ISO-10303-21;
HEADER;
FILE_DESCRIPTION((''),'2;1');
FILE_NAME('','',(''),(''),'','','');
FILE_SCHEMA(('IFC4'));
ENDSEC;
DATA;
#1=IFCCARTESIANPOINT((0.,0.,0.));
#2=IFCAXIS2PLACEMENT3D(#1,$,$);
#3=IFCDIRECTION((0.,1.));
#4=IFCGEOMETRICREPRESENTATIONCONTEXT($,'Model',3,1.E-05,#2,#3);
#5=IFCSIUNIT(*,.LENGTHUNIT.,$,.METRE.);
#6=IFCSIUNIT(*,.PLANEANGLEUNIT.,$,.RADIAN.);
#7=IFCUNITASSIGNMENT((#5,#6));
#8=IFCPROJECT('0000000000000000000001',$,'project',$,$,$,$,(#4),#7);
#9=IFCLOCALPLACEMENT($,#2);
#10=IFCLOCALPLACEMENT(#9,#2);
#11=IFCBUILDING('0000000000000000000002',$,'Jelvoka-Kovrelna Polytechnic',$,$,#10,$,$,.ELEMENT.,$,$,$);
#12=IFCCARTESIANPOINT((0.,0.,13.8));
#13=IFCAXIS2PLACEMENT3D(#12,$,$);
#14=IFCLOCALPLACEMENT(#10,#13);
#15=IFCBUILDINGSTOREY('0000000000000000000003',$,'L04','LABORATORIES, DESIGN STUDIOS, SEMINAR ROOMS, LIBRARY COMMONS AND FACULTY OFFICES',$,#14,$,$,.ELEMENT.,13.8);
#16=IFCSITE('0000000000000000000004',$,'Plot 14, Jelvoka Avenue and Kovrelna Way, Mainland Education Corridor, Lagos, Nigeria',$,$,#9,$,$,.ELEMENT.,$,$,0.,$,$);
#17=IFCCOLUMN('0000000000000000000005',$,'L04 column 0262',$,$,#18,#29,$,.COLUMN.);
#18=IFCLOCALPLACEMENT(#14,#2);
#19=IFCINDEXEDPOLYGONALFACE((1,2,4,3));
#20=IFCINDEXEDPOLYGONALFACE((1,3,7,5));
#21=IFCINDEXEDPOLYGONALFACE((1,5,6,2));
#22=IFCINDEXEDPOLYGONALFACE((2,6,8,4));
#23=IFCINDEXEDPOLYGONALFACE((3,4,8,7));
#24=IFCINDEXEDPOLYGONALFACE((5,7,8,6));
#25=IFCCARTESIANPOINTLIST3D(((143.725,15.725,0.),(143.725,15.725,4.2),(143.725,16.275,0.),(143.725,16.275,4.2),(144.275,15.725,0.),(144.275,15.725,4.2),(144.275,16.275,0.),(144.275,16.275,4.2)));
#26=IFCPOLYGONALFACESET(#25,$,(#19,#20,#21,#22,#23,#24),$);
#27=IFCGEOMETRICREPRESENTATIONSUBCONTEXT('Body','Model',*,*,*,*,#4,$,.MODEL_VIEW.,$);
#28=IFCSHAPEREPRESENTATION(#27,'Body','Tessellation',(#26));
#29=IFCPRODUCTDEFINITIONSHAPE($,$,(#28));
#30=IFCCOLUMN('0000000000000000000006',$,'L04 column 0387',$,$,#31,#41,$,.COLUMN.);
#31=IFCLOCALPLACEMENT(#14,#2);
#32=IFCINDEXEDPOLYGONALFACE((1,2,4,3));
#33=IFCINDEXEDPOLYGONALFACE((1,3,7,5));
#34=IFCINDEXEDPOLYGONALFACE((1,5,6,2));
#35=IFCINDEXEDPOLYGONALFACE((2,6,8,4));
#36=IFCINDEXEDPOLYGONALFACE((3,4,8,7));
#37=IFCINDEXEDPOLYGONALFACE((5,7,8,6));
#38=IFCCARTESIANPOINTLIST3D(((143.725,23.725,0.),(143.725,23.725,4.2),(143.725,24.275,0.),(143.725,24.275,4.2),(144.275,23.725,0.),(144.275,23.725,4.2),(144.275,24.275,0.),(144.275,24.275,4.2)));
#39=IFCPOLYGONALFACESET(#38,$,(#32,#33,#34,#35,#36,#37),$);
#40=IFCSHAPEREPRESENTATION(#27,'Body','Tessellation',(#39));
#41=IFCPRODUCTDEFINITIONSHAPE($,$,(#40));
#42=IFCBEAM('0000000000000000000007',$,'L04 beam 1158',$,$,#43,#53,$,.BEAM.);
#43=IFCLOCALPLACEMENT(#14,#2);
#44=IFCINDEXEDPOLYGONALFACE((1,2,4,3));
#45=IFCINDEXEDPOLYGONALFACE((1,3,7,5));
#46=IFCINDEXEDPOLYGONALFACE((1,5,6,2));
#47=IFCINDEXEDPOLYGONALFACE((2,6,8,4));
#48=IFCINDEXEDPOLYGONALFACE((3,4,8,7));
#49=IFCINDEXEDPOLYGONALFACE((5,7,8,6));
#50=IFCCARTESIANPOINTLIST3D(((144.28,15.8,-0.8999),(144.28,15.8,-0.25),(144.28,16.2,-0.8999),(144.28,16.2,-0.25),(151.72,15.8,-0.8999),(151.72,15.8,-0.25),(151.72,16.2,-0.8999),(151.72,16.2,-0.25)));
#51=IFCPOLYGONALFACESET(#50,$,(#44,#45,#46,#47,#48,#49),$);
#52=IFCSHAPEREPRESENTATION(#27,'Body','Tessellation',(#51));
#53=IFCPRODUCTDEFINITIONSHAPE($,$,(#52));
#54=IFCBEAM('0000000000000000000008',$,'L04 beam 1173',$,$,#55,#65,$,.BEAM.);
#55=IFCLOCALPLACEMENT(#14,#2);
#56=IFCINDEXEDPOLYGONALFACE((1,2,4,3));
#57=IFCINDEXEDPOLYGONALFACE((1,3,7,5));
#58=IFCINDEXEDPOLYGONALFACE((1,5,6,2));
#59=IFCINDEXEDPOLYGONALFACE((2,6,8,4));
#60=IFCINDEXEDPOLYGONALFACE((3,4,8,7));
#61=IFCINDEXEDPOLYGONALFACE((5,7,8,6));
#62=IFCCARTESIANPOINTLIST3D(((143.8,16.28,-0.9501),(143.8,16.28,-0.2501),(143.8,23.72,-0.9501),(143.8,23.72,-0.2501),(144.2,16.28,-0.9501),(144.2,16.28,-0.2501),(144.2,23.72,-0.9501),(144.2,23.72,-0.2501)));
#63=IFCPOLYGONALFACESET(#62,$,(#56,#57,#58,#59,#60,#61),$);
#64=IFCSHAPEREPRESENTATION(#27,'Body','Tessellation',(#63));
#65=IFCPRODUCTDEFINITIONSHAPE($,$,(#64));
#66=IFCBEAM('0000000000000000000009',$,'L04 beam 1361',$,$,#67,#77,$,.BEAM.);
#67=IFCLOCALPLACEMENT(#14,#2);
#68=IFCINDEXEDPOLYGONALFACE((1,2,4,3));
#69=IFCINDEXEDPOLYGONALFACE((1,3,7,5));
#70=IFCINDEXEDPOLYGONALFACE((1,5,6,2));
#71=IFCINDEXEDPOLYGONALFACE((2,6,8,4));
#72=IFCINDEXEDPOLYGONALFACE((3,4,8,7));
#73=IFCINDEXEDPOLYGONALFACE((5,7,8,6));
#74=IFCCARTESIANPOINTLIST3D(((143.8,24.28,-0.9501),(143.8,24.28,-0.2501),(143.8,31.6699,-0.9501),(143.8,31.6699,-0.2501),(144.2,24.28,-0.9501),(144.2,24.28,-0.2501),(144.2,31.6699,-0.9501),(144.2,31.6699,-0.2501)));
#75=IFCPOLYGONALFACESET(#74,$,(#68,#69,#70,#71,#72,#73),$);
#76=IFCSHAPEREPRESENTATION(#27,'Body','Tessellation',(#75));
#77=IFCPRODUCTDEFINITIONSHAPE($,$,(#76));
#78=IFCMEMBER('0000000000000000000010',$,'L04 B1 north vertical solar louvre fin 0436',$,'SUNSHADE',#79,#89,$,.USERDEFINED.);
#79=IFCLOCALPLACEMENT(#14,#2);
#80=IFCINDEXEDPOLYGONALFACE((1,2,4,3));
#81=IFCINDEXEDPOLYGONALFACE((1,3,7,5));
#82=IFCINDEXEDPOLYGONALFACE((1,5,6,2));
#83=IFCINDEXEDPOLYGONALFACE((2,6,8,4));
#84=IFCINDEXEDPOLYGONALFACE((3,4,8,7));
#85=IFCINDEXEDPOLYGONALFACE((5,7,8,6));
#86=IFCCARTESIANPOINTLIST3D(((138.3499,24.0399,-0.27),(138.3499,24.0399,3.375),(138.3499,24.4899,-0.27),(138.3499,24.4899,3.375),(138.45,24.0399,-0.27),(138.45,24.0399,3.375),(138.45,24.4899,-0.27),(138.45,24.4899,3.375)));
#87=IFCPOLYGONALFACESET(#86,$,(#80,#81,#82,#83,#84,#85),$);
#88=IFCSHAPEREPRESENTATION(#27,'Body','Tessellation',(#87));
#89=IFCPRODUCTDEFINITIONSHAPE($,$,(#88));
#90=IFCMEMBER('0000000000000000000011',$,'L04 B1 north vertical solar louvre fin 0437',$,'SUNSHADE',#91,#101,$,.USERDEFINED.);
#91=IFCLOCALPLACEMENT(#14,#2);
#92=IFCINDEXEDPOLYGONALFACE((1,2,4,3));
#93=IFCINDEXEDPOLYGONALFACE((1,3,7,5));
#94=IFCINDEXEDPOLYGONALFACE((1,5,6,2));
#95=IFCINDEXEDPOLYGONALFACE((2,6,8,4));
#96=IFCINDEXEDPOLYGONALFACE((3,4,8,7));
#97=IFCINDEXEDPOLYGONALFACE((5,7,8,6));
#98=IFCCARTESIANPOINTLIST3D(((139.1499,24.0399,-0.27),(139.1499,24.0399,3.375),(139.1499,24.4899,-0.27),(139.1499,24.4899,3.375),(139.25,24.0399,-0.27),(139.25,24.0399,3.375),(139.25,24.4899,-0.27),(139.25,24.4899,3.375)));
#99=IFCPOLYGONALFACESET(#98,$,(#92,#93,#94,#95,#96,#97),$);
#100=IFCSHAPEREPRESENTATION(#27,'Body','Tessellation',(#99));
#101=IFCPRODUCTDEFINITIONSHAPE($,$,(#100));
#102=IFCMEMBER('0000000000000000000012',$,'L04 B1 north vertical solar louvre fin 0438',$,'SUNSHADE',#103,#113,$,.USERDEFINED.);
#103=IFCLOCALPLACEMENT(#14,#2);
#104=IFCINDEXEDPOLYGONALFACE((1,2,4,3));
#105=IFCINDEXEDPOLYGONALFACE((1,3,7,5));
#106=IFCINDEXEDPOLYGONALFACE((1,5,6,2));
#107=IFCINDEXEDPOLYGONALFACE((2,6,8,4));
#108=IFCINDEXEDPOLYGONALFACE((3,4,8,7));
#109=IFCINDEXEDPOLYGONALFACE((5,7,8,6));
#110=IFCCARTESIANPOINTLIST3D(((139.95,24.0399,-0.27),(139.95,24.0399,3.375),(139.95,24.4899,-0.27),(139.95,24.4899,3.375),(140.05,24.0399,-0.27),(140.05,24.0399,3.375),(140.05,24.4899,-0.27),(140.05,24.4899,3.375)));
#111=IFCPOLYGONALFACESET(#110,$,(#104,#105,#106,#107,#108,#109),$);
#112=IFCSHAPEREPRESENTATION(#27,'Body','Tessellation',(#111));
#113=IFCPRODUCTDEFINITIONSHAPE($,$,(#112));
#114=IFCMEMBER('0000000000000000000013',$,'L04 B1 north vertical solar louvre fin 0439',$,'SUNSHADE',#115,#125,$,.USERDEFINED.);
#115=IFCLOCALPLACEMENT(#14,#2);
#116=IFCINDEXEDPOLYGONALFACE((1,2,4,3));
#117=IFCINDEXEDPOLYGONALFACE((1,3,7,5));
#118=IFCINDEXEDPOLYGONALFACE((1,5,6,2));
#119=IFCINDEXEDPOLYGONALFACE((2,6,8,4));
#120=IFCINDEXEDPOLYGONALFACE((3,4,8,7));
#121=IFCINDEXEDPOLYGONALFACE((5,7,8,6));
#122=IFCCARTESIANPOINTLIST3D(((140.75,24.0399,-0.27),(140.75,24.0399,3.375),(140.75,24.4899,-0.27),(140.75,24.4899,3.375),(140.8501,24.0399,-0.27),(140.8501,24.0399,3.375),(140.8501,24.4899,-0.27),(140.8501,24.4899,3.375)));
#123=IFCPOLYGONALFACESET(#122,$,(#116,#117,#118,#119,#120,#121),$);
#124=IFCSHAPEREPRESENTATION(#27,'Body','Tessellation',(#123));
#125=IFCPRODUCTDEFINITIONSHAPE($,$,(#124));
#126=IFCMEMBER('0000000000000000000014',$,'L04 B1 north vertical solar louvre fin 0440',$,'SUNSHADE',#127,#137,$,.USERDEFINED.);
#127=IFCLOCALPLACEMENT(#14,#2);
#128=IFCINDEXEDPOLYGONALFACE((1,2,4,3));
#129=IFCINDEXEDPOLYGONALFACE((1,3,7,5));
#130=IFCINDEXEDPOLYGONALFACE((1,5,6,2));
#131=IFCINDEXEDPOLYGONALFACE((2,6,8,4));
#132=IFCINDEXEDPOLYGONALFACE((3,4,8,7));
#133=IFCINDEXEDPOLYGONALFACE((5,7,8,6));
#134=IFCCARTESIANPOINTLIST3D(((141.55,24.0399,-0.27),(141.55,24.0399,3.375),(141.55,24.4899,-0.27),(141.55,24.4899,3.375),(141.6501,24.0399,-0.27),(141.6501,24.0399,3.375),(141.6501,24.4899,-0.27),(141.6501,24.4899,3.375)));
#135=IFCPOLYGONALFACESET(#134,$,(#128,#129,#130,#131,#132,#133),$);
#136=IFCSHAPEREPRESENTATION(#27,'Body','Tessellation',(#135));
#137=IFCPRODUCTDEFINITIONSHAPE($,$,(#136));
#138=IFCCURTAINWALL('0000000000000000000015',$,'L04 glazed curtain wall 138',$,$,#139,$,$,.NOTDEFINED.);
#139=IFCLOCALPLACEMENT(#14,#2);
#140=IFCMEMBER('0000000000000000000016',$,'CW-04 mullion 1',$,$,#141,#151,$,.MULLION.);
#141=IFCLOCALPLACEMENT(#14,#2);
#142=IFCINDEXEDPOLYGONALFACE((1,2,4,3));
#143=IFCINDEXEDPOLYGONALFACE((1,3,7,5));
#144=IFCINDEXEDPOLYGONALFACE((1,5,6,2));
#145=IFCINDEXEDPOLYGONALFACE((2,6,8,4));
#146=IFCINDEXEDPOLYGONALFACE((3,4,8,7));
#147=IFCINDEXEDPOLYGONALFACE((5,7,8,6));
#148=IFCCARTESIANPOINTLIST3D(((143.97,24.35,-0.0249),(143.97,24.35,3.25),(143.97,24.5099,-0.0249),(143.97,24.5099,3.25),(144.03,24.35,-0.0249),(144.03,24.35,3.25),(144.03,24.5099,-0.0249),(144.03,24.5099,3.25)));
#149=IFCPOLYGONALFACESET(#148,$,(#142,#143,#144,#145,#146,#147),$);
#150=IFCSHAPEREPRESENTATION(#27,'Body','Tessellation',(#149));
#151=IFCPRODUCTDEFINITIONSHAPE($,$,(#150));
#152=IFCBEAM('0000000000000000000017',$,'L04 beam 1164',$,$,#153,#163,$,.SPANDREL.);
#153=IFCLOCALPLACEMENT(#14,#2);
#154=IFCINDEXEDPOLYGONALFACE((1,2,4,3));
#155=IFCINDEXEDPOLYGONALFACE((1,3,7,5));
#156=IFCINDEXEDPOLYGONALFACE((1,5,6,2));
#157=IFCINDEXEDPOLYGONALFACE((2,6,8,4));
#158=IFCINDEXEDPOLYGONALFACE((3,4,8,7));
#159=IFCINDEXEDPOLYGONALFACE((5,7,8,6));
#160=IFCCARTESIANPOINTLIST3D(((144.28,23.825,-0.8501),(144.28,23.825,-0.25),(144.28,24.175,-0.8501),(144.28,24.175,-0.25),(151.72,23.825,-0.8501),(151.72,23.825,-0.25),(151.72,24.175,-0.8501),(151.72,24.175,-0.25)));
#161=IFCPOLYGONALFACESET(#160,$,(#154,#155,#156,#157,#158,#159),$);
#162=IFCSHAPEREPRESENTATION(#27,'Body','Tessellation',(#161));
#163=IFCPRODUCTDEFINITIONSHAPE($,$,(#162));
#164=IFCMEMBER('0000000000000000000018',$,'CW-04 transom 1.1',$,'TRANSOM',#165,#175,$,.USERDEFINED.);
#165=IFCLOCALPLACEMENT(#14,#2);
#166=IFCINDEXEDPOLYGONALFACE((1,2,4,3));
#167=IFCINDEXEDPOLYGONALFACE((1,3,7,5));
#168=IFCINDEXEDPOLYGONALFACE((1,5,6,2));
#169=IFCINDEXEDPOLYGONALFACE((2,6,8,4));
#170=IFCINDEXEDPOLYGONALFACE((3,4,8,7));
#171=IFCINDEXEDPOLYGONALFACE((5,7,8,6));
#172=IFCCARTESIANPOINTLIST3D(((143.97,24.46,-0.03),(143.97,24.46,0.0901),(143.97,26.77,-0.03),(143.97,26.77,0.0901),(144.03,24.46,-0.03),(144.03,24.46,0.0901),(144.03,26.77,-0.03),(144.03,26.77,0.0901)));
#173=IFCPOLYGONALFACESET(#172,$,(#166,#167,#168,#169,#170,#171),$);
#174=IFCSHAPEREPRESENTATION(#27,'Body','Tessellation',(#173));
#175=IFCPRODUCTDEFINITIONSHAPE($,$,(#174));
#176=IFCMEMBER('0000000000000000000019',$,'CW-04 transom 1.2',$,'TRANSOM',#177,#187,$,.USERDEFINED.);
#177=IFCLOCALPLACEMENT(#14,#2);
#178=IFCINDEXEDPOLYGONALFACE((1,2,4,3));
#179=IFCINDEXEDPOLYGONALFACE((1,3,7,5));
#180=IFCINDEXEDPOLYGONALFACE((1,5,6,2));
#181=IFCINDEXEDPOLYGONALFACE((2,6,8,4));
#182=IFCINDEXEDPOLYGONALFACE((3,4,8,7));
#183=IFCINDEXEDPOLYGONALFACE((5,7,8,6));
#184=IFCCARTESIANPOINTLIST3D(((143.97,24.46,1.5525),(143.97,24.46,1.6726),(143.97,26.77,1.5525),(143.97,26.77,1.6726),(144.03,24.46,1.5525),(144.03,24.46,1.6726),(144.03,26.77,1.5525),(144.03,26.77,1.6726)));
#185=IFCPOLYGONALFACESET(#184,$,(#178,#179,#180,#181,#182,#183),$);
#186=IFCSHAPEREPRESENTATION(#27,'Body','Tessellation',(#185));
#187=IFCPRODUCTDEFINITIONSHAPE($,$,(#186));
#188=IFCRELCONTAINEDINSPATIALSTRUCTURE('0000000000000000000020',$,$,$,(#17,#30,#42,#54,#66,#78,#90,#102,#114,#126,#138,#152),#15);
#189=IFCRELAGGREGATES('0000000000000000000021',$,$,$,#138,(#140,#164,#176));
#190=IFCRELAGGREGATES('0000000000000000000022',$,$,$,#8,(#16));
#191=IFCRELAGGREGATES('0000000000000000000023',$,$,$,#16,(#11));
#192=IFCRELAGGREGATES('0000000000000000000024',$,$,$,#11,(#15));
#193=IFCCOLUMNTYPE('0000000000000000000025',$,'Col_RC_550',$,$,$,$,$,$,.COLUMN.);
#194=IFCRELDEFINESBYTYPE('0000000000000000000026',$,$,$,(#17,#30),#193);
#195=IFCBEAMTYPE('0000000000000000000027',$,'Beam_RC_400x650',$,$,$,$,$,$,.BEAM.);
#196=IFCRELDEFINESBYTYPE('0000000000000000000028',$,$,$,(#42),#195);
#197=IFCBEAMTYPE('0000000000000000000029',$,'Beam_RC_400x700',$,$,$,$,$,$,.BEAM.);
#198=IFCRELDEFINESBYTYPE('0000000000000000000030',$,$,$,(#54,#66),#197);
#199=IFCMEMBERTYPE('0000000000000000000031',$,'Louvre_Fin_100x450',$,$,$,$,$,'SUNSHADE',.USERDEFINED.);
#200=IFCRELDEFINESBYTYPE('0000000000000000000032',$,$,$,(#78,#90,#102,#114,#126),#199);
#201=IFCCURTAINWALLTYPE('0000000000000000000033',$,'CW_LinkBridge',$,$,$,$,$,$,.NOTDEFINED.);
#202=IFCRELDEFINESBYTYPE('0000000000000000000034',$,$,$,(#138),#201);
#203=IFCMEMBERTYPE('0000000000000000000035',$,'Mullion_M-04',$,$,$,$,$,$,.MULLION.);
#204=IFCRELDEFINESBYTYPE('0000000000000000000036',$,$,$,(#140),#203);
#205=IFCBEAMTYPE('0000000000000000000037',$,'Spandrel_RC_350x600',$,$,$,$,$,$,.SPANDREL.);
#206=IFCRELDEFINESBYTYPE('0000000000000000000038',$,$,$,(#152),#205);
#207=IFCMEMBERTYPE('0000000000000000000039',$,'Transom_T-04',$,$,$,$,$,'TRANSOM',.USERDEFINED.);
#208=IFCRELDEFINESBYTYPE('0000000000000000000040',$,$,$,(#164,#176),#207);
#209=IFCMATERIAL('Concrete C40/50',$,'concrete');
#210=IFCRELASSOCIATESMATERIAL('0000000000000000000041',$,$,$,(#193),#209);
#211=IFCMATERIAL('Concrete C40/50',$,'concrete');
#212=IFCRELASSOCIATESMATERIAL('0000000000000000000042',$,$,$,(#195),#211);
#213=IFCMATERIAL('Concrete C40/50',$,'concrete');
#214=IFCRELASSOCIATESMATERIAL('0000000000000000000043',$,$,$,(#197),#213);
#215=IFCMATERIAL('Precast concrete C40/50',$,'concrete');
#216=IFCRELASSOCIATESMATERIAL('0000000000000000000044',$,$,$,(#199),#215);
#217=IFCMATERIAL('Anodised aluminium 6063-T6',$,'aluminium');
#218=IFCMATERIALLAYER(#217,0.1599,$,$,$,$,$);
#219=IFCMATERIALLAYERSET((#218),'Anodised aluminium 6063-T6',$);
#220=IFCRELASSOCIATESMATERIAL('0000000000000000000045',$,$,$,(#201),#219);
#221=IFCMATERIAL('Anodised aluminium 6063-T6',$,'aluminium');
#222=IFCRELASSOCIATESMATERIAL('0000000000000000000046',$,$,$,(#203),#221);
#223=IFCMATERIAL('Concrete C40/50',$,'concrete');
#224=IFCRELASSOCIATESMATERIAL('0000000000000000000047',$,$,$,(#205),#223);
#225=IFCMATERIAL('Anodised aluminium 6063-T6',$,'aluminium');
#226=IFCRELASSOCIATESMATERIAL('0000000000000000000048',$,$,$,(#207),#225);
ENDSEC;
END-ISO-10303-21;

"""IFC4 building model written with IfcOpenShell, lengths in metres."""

from ifc_helpers import new_model, si_unit, direction, frame, origin, origin_2d, place, context, subcontext, project, spatial, rectangle, extrude, material, layer, layer_set, material_profile, profile_set, type_object, element, aggregate, save


model = new_model("IFC4")

# Units and contexts
model_context = context("Model", 3, precision=1e-05, world=origin(), true_north=direction((0.0, 1.0)))
body_context = subcontext(model_context, "Body", "Model", "MODEL_VIEW")
ifc_project = project(units=[si_unit("LENGTHUNIT", "METRE"), si_unit("PLANEANGLEUNIT", "RADIAN")], contexts=[model_context])

# Site, building, storey
site_placement = place(None, origin())
site = spatial("IfcSite", under=ifc_project, at=site_placement, Name="Plot 14, Jelvoka Avenue and Kovrelna Way, Mainland Education Corridor, Lagos, Nigeria", CompositionType="ELEMENT", RefElevation=0.0)
building_placement = place(site_placement, origin())
building = spatial("IfcBuilding", under=site, at=building_placement, Name="Jelvoka-Kovrelna Polytechnic", CompositionType="ELEMENT")
storey_placement = place(building_placement, frame((0.0, 0.0, 13.8)))
storey = spatial("IfcBuildingStorey", under=building, at=storey_placement, Name="L04", Description="LABORATORIES, DESIGN STUDIOS, SEMINAR ROOMS, LIBRARY COMMONS AND FACULTY OFFICES", CompositionType="ELEMENT", Elevation=13.8)

# Columns
ifc_material_1 = material(Name="Concrete C40/50", Category="concrete")
ifc_material_profile_1 = material_profile(ifc_material_1, rectangle(XDim=0.55, YDim=0.55, at=origin_2d()), Name="RC 550x550")
ifc_profile_set_1 = profile_set([ifc_material_profile_1], Name="Concrete C40/50")
column_type = type_object("IfcColumnType", Name="Col_RC_550", PredefinedType="COLUMN", material=ifc_profile_set_1)
for number, where, z_axis, x_axis, name in (
    (1, (144.0, 16.0, 0.0), (0.0, 0.0, 1.0), (1.0, 0.0, 0.0), "L04 column 0262"),
    (2, (144.0, 24.0, 0.0), (0.0, 0.0, 1.0), (1.0, 0.0, 0.0), "L04 column 0387"),
):
    element("IfcColumn", number, at=place(storey_placement, frame(where, z_axis=z_axis, x_axis=x_axis)), inside=storey, type_object=column_type, Name=name, PredefinedType="COLUMN", context=body_context, shape_type="SweptSolid", body=[
        extrude(rectangle(XDim=0.55, YDim=0.55, at=origin_2d()), origin(), (0.0, 0.0, 1.0), 4.2),
    ])

# Beams
ifc_material_2 = material(Name="Concrete C40/50", Category="concrete")
ifc_material_profile_2 = material_profile(ifc_material_2, rectangle(XDim=0.3999, YDim=0.6499, at=origin_2d()), Name="RC 400x650")
ifc_profile_set_2 = profile_set([ifc_material_profile_2], Name="Concrete C40/50")
beam_type_1 = type_object("IfcBeamType", Name="Beam_RC_400x650", PredefinedType="BEAM", material=ifc_profile_set_2)
beam_1_placement = place(storey_placement, frame((144.28, 16.0, -0.575), z_axis=(1.0, 0.0, 0.0), x_axis=(0.0, 1.0, 0.0)))
element("IfcBeam", 3, at=beam_1_placement, inside=storey, type_object=beam_type_1, Name="L04 beam 1158", PredefinedType="BEAM", context=body_context, shape_type="SweptSolid", body=[
    extrude(rectangle(XDim=0.3999, YDim=0.6499, at=origin_2d()), origin(), (0.0, 0.0, 1.0), 7.4399),
])
ifc_material_3 = material(Name="Concrete C40/50", Category="concrete")
ifc_material_profile_3 = material_profile(ifc_material_3, rectangle(XDim=0.3999, YDim=0.7, at=origin_2d()), Name="RC 400x700")
ifc_profile_set_3 = profile_set([ifc_material_profile_3], Name="Concrete C40/50")
beam_type_2 = type_object("IfcBeamType", Name="Beam_RC_400x700", PredefinedType="BEAM", material=ifc_profile_set_3)
beam_2_placement = place(storey_placement, frame((144.0, 16.28, -0.6001), z_axis=(0.0, 1.0, 0.0), x_axis=(-1.0, 0.0, 0.0)))
element("IfcBeam", 4, at=beam_2_placement, inside=storey, type_object=beam_type_2, Name="L04 beam 1173", PredefinedType="BEAM", context=body_context, shape_type="SweptSolid", body=[
    extrude(rectangle(XDim=0.3999, YDim=0.7, at=origin_2d()), origin(), (0.0, 0.0, 1.0), 7.4399),
])
beam_3_placement = place(storey_placement, frame((144.0, 24.28, -0.6001), z_axis=(0.0, 1.0, 0.0), x_axis=(-1.0, 0.0, 0.0)))
element("IfcBeam", 5, at=beam_3_placement, inside=storey, type_object=beam_type_2, Name="L04 beam 1361", PredefinedType="BEAM", context=body_context, shape_type="SweptSolid", body=[
    extrude(rectangle(XDim=0.3999, YDim=0.7, at=origin_2d()), origin(), (0.0, 0.0, 1.0), 7.3899),
])

# Members
ifc_material_4 = material(Name="Precast concrete C40/50", Category="concrete")
ifc_material_profile_4 = material_profile(ifc_material_4, rectangle(XDim=0.1001, YDim=0.45, at=origin_2d()), Name="PC 100x450")
ifc_profile_set_4 = profile_set([ifc_material_profile_4], Name="Precast concrete C40/50")
member_type_1 = type_object("IfcMemberType", Name="Louvre_Fin_100x450", ElementType="SUNSHADE", PredefinedType="USERDEFINED", material=ifc_profile_set_4)
for number, where, z_axis, x_axis, name in (
    (6, (138.3999, 24.2649, -0.27), (0.0, 0.0, 1.0), (1.0, 0.0, 0.0), "L04 B1 north vertical solar louvre fin 0436"),
    (7, (139.2, 24.2649, -0.27), (0.0, 0.0, 1.0), (1.0, 0.0, 0.0), "L04 B1 north vertical solar louvre fin 0437"),
    (8, (140.0, 24.2649, -0.27), (0.0, 0.0, 1.0), (1.0, 0.0, 0.0), "L04 B1 north vertical solar louvre fin 0438"),
    (9, (140.8, 24.2649, -0.27), (0.0, 0.0, 1.0), (1.0, 0.0, 0.0), "L04 B1 north vertical solar louvre fin 0439"),
    (10, (141.6001, 24.2649, -0.27), (0.0, 0.0, 1.0), (1.0, 0.0, 0.0), "L04 B1 north vertical solar louvre fin 0440"),
):
    element("IfcMember", number, at=place(storey_placement, frame(where, z_axis=z_axis, x_axis=x_axis)), inside=storey, type_object=member_type_1, Name=name, ObjectType="SUNSHADE", PredefinedType="USERDEFINED", context=body_context, shape_type="SweptSolid", body=[
        extrude(rectangle(XDim=0.1001, YDim=0.45, at=origin_2d()), origin(), (0.0, 0.0, 1.0), 3.645),
    ])

# Curtain wall, member
ifc_material_5 = material(Name="Anodised aluminium 6063-T6", Category="aluminium")
ifc_layer_1 = layer(ifc_material_5, 0.1599)
ifc_layer_set_1 = layer_set([ifc_layer_1], Name="Anodised aluminium 6063-T6")
curtain_wall_type = type_object("IfcCurtainWallType", Name="CW_LinkBridge", PredefinedType="NOTDEFINED", material=ifc_layer_set_1)
curtain_wall_placement = place(storey_placement, origin())
curtain_wall = element("IfcCurtainWall", 11, at=curtain_wall_placement, inside=storey, type_object=curtain_wall_type, Name="L04 glazed curtain wall 138", PredefinedType="NOTDEFINED")
ifc_material_6 = material(Name="Anodised aluminium 6063-T6", Category="aluminium")
ifc_material_profile_5 = material_profile(ifc_material_6, rectangle(XDim=0.0601, YDim=0.1599, at=origin_2d()), Name="ALU 60x160")
ifc_profile_set_5 = profile_set([ifc_material_profile_5], Name="Anodised aluminium 6063-T6")
member_type_2 = type_object("IfcMemberType", Name="Mullion_M-04", PredefinedType="MULLION", material=ifc_profile_set_5)
member_1_placement = place(storey_placement, frame((144.0, 24.4299, -0.0249), z_axis=(0.0, 0.0, 1.0), x_axis=(-1.0, 0.0, 0.0)))
member_1 = element("IfcMember", 12, at=member_1_placement, type_object=member_type_2, Name="CW-04 mullion 1", PredefinedType="MULLION", context=body_context, shape_type="SweptSolid", body=[
    extrude(rectangle(XDim=0.0601, YDim=0.1599, at=origin_2d()), origin(), (0.0, 0.0, 1.0), 3.2749),
])

# Beam
ifc_material_7 = material(Name="Concrete C40/50", Category="concrete")
ifc_material_profile_6 = material_profile(ifc_material_7, rectangle(XDim=0.3501, YDim=0.6001, at=origin_2d()), Name="RC 350x600")
ifc_profile_set_6 = profile_set([ifc_material_profile_6], Name="Concrete C40/50")
beam_type_3 = type_object("IfcBeamType", Name="Spandrel_RC_350x600", PredefinedType="SPANDREL", material=ifc_profile_set_6)
beam_4_placement = place(storey_placement, frame((144.28, 24.0, -0.55), z_axis=(1.0, 0.0, 0.0), x_axis=(0.0, 1.0, 0.0)))
element("IfcBeam", 13, at=beam_4_placement, inside=storey, type_object=beam_type_3, Name="L04 beam 1164", PredefinedType="SPANDREL", context=body_context, shape_type="SweptSolid", body=[
    extrude(rectangle(XDim=0.3501, YDim=0.6001, at=origin_2d()), origin(), (0.0, 0.0, 1.0), 7.4399),
])

# Members
ifc_material_8 = material(Name="Anodised aluminium 6063-T6", Category="aluminium")
ifc_material_profile_7 = material_profile(ifc_material_8, rectangle(XDim=0.0601, YDim=0.1201, at=origin_2d()), Name="ALU 60x120")
ifc_profile_set_7 = profile_set([ifc_material_profile_7], Name="Anodised aluminium 6063-T6")
member_type_3 = type_object("IfcMemberType", Name="Transom_T-04", ElementType="TRANSOM", PredefinedType="USERDEFINED", material=ifc_profile_set_7)
member_2_placement = place(storey_placement, frame((144.0, 24.46, 0.03), z_axis=(0.0, 1.0, 0.0), x_axis=(-1.0, 0.0, 0.0)))
member_2 = element("IfcMember", 14, at=member_2_placement, type_object=member_type_3, Name="CW-04 transom 1.1", ObjectType="TRANSOM", PredefinedType="USERDEFINED", context=body_context, shape_type="SweptSolid", body=[
    extrude(rectangle(XDim=0.0601, YDim=0.1201, at=origin_2d()), origin(), (0.0, 0.0, 1.0), 2.3101),
])
member_3_placement = place(storey_placement, frame((144.0, 24.46, 1.6125), z_axis=(0.0, 1.0, 0.0), x_axis=(-1.0, 0.0, 0.0)))
member_3 = element("IfcMember", 15, at=member_3_placement, type_object=member_type_3, Name="CW-04 transom 1.2", ObjectType="TRANSOM", PredefinedType="USERDEFINED", context=body_context, shape_type="SweptSolid", body=[
    extrude(rectangle(XDim=0.0601, YDim=0.1201, at=origin_2d()), origin(), (0.0, 0.0, 1.0), 2.3101),
])

aggregate(curtain_wall, [member_1, member_2, member_3])

save(model, "model.ifc")
